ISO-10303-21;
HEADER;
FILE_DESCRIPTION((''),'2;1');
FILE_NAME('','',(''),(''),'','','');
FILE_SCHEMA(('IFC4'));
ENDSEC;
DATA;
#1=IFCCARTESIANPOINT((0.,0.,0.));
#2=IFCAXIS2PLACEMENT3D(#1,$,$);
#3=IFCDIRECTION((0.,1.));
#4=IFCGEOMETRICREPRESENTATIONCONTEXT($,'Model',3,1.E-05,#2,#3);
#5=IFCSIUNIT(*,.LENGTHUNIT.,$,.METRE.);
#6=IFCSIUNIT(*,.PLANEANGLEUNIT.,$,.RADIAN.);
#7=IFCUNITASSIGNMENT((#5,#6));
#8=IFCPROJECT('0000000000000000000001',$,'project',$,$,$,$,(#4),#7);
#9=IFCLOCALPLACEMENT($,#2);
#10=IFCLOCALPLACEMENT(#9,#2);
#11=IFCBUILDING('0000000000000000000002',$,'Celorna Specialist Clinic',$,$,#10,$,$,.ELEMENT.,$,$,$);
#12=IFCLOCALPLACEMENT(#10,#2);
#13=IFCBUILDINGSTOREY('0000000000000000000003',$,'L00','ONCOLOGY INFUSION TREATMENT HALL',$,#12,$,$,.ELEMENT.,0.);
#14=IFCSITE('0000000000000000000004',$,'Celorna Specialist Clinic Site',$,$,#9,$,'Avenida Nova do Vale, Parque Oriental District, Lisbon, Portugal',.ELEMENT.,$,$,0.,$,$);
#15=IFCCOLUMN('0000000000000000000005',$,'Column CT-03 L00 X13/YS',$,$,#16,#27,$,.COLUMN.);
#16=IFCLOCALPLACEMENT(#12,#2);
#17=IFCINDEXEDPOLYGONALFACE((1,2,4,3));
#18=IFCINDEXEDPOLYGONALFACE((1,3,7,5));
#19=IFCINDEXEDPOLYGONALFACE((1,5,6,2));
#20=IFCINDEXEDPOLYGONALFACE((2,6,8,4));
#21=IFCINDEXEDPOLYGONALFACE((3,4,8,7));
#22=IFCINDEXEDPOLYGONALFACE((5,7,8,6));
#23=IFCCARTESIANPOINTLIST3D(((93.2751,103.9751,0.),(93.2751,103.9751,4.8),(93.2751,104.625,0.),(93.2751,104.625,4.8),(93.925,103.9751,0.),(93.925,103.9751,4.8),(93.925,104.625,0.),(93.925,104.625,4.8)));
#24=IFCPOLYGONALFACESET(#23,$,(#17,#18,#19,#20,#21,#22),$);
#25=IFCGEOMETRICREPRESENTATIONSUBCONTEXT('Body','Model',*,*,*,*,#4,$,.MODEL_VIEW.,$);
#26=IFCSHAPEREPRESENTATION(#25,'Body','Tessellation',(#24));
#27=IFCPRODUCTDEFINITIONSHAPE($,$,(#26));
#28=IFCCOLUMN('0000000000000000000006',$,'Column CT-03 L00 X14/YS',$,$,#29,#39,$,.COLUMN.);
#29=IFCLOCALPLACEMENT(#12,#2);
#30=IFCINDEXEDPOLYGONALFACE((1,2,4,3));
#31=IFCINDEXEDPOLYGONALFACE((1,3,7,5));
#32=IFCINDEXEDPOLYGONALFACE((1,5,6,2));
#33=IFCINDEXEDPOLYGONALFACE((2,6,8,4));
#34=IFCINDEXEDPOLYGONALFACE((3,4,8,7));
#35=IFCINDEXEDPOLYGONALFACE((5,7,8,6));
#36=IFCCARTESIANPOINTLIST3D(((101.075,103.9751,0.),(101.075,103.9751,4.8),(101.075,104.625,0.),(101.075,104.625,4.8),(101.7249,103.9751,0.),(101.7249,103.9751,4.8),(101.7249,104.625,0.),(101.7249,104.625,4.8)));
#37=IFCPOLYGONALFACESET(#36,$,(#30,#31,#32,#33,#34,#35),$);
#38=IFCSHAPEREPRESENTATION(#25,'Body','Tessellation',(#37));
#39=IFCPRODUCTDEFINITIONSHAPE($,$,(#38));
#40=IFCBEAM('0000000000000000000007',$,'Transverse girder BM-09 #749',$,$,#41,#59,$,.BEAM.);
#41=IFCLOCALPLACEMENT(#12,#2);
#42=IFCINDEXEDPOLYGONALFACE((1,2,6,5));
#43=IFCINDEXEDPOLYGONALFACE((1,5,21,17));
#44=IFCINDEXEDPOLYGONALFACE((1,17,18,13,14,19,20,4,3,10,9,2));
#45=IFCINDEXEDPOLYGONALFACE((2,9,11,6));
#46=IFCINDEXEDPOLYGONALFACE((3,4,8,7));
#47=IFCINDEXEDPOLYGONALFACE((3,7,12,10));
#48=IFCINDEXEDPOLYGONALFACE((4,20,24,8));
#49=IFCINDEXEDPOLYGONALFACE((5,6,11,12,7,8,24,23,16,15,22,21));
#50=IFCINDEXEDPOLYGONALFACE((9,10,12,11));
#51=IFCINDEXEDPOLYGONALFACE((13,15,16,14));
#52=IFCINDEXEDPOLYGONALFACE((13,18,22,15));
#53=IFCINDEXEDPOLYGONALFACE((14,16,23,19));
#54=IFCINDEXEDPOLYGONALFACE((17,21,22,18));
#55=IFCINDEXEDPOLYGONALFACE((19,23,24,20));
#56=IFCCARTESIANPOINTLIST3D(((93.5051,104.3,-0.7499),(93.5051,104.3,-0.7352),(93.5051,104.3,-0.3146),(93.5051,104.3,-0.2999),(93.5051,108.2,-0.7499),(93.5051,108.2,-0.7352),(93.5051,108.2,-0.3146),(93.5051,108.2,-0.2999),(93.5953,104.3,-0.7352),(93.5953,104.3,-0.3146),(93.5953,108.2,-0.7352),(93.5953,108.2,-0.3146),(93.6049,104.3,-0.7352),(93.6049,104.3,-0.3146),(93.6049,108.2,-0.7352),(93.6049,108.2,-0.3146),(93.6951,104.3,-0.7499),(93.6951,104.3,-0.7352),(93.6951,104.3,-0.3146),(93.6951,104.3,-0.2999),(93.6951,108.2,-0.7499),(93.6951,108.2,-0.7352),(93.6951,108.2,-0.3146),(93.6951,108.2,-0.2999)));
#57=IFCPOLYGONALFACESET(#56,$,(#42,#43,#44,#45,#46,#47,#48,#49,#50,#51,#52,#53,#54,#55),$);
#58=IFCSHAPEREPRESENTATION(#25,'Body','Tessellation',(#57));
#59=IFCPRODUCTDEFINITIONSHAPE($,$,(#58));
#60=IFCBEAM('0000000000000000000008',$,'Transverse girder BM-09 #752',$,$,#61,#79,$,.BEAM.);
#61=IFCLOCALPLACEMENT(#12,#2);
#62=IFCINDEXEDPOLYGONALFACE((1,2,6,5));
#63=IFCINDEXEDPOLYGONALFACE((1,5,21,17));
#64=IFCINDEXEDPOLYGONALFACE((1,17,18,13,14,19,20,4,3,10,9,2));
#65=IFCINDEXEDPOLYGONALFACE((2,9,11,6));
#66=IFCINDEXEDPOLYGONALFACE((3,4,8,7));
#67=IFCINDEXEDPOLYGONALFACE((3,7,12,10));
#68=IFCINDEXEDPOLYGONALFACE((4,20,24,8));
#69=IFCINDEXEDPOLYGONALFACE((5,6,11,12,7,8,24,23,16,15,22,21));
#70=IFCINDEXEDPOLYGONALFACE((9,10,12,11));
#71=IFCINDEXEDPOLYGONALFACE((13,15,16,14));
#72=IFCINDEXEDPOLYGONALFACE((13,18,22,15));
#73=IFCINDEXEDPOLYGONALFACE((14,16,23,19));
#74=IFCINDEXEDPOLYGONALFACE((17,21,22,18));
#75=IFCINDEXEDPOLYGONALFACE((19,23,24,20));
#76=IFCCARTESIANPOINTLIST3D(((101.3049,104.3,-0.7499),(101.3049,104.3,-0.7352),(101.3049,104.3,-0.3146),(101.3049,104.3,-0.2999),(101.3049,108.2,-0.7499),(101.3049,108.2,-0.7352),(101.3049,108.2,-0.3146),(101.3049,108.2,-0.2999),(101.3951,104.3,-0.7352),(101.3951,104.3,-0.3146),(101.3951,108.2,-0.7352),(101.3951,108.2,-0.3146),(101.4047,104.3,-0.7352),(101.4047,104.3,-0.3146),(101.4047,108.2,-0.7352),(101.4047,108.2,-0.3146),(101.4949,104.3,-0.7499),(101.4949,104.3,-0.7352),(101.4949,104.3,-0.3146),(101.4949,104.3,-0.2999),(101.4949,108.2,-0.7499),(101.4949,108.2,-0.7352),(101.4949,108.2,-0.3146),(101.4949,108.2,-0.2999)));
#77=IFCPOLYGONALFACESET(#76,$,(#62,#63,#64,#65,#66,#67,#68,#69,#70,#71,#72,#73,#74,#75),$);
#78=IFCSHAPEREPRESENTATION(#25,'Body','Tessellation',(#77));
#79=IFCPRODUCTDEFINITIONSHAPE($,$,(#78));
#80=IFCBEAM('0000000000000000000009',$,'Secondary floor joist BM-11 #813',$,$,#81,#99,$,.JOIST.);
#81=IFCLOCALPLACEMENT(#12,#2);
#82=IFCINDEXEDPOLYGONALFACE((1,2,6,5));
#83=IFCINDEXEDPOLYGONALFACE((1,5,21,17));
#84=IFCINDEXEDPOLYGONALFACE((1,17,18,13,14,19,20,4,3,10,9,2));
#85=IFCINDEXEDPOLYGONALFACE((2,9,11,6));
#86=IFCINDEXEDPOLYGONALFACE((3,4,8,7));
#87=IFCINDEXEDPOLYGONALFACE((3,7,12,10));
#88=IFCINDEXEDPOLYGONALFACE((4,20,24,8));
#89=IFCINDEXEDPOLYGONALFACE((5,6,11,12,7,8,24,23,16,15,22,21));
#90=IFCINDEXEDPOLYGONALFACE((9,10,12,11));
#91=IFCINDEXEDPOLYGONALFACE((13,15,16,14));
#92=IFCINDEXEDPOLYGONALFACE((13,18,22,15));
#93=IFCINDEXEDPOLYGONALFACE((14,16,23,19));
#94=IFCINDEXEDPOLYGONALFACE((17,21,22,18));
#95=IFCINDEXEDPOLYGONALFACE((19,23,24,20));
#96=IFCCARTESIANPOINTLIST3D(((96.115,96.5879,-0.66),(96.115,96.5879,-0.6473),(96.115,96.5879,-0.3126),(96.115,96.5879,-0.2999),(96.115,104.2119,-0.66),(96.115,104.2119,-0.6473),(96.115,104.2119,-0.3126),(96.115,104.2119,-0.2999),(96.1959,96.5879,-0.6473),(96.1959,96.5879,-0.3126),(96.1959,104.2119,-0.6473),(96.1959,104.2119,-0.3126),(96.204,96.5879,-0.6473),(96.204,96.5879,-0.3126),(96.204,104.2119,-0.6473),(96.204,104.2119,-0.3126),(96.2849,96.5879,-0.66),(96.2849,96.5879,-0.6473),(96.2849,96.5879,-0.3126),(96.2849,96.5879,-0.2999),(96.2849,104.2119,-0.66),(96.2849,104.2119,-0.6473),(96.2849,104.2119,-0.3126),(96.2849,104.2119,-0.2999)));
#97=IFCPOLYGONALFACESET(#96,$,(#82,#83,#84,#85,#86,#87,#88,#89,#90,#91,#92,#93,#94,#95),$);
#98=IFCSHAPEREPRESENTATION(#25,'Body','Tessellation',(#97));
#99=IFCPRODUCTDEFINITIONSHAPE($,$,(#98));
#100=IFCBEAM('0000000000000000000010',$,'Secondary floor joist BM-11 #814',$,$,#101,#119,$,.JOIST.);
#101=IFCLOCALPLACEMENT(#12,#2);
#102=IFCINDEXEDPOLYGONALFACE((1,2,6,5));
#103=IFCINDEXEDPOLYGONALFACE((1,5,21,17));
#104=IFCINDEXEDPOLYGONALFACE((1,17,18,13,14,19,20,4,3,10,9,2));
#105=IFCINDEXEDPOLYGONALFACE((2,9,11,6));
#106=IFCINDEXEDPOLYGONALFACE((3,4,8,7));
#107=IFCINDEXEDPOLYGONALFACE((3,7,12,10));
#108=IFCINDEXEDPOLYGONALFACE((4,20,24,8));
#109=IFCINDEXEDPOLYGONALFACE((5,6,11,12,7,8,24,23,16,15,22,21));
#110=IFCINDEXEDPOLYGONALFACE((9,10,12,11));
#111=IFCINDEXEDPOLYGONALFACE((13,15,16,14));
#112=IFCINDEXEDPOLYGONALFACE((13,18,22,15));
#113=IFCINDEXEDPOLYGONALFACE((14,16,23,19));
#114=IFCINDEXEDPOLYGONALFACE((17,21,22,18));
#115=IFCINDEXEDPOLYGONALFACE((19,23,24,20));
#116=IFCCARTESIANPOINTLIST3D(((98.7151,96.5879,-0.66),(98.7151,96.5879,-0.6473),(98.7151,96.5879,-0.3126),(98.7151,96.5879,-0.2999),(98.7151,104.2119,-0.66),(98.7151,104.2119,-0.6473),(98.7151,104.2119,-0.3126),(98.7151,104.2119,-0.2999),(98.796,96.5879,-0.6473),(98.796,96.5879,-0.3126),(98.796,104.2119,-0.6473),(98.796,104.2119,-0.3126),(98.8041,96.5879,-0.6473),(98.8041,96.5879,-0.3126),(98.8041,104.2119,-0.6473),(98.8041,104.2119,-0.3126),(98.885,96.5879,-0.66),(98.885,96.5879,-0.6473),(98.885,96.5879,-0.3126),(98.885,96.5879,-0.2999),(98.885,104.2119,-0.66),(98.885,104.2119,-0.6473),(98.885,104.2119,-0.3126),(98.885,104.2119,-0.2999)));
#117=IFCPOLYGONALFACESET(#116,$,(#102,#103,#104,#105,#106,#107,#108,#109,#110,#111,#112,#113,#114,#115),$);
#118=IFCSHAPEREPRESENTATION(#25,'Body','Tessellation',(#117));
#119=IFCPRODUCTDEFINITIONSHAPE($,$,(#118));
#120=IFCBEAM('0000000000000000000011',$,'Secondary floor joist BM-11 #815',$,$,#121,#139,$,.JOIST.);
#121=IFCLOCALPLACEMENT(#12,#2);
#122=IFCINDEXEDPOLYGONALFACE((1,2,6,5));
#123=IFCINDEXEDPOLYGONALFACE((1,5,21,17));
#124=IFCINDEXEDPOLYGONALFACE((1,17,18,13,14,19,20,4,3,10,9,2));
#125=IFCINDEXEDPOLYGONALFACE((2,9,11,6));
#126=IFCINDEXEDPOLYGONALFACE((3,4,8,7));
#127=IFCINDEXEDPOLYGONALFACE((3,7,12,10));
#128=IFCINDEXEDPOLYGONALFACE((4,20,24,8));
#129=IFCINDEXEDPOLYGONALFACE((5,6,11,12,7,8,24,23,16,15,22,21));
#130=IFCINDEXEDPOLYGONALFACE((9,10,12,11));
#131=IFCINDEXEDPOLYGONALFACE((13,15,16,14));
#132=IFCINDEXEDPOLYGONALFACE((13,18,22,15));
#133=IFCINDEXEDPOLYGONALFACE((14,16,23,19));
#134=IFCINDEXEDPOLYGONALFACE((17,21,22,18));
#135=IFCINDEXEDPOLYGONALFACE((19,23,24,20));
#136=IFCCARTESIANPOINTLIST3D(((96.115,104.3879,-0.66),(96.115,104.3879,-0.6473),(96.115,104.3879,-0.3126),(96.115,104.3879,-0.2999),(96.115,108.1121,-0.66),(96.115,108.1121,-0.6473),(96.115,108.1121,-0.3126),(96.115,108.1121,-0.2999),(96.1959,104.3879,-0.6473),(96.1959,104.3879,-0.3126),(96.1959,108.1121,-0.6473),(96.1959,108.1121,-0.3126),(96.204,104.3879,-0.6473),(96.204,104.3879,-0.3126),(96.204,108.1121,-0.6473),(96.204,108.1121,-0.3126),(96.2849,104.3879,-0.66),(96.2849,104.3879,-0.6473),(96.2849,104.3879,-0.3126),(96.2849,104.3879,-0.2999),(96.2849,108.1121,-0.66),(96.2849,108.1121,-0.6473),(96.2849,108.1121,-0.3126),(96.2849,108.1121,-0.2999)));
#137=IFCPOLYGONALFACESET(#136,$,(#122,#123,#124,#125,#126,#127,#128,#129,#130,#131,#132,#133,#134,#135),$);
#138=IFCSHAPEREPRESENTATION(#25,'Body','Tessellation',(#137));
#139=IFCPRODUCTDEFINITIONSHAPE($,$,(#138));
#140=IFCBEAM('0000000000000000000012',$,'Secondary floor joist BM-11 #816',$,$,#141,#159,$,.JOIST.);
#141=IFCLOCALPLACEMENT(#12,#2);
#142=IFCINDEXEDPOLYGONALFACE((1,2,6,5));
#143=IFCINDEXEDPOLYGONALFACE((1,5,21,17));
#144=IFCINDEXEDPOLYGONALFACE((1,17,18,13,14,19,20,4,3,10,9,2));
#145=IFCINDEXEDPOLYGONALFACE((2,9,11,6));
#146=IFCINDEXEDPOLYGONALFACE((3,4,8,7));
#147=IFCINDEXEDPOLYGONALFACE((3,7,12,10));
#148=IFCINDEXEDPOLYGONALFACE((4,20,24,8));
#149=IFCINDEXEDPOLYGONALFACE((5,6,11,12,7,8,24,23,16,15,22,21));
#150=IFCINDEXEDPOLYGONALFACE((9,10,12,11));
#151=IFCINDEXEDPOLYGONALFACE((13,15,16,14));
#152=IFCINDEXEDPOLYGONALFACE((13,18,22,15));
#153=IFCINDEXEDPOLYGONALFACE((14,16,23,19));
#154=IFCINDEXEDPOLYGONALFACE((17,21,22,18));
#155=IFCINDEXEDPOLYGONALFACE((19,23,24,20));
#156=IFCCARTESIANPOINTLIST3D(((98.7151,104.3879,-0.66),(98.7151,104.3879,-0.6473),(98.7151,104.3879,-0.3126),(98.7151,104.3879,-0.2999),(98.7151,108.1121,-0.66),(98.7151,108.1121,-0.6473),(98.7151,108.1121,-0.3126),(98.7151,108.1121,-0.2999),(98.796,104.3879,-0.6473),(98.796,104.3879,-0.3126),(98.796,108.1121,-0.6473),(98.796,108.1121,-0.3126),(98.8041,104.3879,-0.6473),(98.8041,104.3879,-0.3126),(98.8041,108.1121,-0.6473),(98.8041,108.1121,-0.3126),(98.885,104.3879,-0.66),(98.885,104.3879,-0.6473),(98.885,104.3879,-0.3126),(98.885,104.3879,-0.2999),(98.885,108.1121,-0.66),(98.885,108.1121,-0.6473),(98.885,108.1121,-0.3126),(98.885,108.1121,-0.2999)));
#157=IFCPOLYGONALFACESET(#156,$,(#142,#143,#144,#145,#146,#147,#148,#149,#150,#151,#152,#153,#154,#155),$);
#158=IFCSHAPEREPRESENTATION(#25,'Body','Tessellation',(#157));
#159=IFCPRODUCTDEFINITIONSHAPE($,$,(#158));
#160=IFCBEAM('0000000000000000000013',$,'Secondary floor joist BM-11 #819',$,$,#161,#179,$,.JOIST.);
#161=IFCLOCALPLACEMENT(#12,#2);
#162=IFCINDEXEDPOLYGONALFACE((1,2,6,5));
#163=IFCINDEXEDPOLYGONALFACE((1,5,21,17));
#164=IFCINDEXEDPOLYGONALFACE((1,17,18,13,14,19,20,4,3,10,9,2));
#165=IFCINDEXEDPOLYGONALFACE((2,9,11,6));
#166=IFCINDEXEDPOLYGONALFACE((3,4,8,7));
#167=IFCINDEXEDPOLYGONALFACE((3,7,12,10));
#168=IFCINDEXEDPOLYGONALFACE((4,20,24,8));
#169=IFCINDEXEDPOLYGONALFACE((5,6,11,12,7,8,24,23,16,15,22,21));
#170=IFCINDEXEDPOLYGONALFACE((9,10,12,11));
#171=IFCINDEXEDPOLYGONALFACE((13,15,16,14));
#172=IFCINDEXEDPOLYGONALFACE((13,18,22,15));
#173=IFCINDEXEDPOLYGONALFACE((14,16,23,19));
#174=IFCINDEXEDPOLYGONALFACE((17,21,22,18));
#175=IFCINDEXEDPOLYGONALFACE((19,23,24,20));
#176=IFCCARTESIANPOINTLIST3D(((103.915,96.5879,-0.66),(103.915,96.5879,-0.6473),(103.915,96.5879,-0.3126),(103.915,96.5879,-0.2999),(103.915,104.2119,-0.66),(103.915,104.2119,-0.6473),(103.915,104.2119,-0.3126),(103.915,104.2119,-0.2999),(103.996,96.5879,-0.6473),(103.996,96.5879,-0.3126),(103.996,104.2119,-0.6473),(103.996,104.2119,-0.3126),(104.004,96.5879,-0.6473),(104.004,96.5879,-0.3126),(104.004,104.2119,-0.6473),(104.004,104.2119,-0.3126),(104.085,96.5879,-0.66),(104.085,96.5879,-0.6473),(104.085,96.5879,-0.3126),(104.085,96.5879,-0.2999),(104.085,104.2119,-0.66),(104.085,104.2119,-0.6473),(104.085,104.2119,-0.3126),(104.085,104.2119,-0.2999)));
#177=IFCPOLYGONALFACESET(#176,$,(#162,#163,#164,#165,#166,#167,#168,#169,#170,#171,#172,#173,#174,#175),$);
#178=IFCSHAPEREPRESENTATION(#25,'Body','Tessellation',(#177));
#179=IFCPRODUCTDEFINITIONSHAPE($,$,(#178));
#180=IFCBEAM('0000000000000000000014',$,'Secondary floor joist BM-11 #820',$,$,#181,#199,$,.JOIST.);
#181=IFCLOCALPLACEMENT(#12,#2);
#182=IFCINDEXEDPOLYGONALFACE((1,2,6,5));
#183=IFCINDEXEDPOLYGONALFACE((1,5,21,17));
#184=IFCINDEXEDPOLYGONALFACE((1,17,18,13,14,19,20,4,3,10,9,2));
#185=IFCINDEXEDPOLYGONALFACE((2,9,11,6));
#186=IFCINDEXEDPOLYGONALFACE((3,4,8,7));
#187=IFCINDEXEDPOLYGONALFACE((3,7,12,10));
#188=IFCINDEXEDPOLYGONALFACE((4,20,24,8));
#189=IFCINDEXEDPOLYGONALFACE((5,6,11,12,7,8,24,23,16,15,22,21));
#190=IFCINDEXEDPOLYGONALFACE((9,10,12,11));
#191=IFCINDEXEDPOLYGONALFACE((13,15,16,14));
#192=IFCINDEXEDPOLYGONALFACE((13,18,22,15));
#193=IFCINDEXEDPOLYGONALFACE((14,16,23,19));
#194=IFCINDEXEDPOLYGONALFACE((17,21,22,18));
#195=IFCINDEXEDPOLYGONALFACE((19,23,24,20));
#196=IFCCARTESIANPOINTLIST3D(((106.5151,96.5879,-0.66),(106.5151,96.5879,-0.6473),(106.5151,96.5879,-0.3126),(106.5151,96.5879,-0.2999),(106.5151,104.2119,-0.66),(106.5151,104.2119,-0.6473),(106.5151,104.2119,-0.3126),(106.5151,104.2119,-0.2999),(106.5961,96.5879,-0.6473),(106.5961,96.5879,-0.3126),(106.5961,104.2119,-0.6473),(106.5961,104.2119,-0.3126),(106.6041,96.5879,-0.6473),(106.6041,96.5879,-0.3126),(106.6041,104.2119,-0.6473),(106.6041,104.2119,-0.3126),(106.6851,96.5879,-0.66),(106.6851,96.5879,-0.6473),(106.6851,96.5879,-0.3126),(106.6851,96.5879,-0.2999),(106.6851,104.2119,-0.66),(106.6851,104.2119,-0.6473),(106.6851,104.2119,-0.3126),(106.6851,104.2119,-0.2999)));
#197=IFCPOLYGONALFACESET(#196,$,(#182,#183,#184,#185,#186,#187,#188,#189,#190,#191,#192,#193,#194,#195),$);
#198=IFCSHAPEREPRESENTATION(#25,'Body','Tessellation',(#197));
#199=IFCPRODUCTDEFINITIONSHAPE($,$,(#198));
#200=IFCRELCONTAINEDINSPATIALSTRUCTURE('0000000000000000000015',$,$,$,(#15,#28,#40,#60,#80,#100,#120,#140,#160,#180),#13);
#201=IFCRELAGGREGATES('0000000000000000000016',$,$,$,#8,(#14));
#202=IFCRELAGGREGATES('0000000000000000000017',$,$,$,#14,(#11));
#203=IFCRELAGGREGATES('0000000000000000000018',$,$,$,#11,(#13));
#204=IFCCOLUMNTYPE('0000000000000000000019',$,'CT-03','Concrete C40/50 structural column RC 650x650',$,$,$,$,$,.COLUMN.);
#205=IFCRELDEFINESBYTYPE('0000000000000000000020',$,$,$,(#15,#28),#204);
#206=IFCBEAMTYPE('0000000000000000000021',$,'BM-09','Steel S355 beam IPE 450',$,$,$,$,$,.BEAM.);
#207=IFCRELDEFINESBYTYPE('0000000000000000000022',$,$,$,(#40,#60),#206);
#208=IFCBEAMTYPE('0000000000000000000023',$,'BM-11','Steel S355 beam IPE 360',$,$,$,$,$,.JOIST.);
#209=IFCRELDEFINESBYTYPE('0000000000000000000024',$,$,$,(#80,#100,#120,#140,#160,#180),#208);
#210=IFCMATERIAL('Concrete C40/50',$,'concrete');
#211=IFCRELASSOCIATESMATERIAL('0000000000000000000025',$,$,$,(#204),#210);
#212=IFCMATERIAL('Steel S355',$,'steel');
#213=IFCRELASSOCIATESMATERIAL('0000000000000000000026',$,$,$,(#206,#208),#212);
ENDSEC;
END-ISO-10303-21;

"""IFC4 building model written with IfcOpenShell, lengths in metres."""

from ifc_helpers import new_model, si_unit, direction, frame, origin, origin_2d, place, context, subcontext, project, spatial, rectangle, i_section, extrude, material, material_profile, profile_set, type_object, element, save


model = new_model("IFC4")

# Units and contexts
model_context = context("Model", 3, precision=1e-05, world=origin(), true_north=direction((0.0, 1.0)))
body_context = subcontext(model_context, "Body", "Model", "MODEL_VIEW")
ifc_project = project(units=[si_unit("LENGTHUNIT", "METRE"), si_unit("PLANEANGLEUNIT", "RADIAN")], contexts=[model_context])

# Site, building, storey
site_placement = place(None, origin())
site = spatial("IfcSite", under=ifc_project, at=site_placement, Name="Celorna Specialist Clinic Site", LongName="Avenida Nova do Vale, Parque Oriental District, Lisbon, Portugal", CompositionType="ELEMENT", RefElevation=0.0)
building_placement = place(site_placement, origin())
building = spatial("IfcBuilding", under=site, at=building_placement, Name="Celorna Specialist Clinic", CompositionType="ELEMENT")
storey_placement = place(building_placement, origin())
storey = spatial("IfcBuildingStorey", under=building, at=storey_placement, Name="L00", Description="ONCOLOGY INFUSION TREATMENT HALL", CompositionType="ELEMENT", Elevation=0.0)

# Columns
ifc_material_1 = material(Name="Concrete C40/50", Category="concrete")
ifc_material_profile_1 = material_profile(ifc_material_1, rectangle(XDim=0.6499, YDim=0.6499, at=origin_2d()), Name="RC 650x650")
ifc_profile_set_1 = profile_set([ifc_material_profile_1], Name="Concrete C40/50")
column_type = type_object("IfcColumnType", Name="CT-03", Description="Concrete C40/50 structural column RC 650x650", PredefinedType="COLUMN", material=ifc_profile_set_1)
for number, where, z_axis, x_axis, name in (
    (1, (93.6001, 104.3, 0.0), (0.0, 0.0, 1.0), (1.0, 0.0, 0.0), "Column CT-03 L00 X13/YS"),
    (2, (101.3999, 104.3, 0.0), (0.0, 0.0, 1.0), (1.0, 0.0, 0.0), "Column CT-03 L00 X14/YS"),
):
    element("IfcColumn", number, at=place(storey_placement, frame(where, z_axis=z_axis, x_axis=x_axis)), inside=storey, type_object=column_type, Name=name, PredefinedType="COLUMN", context=body_context, shape_type="SweptSolid", body=[
        extrude(rectangle(XDim=0.6499, YDim=0.6499, at=origin_2d()), origin(), (0.0, 0.0, 1.0), 4.8),
    ])

# Beams
ifc_material_2 = material(Name="Steel S355", Category="steel")
ifc_material_profile_2 = material_profile(ifc_material_2, i_section(OverallWidth=0.1899, OverallDepth=0.45, WebThickness=0.0095, FlangeThickness=0.0146, at=origin_2d()), Name="IPE 450")
ifc_profile_set_2 = profile_set([ifc_material_profile_2], Name="Steel S355")
beam_type_1 = type_object("IfcBeamType", Name="BM-09", Description="Steel S355 beam IPE 450", PredefinedType="BEAM", material=ifc_profile_set_2)
for number, where, z_axis, x_axis, name in (
    (3, (93.6001, 104.3, -0.5249), (0.0, 1.0, 0.0), (-1.0, 0.0, 0.0), "Transverse girder BM-09 #749"),
    (4, (101.3999, 104.3, -0.5249), (0.0, 1.0, 0.0), (-1.0, 0.0, 0.0), "Transverse girder BM-09 #752"),
):
    element("IfcBeam", number, at=place(storey_placement, frame(where, z_axis=z_axis, x_axis=x_axis)), inside=storey, type_object=beam_type_1, Name=name, PredefinedType="BEAM", context=body_context, shape_type="SweptSolid", body=[
        extrude(i_section(OverallWidth=0.1899, OverallDepth=0.45, WebThickness=0.0095, FlangeThickness=0.0146, at=origin_2d()), origin(), (0.0, 0.0, 1.0), 3.8999),
    ])
ifc_material_profile_3 = material_profile(ifc_material_2, i_section(OverallWidth=0.1699, OverallDepth=0.3601, WebThickness=0.0081, FlangeThickness=0.0127, at=origin_2d()), Name="IPE 360")
ifc_profile_set_3 = profile_set([ifc_material_profile_3], Name="Steel S355")
beam_type_2 = type_object("IfcBeamType", Name="BM-11", Description="Steel S355 beam IPE 360", PredefinedType="JOIST", material=ifc_profile_set_3)
for number, where, z_axis, x_axis, name in (
    (5, (96.2, 96.5879, -0.48), (0.0, 1.0, 0.0), (-1.0, 0.0, 0.0), "Secondary floor joist BM-11 #813"),
    (6, (98.8, 96.5879, -0.48), (0.0, 1.0, 0.0), (-1.0, 0.0, 0.0), "Secondary floor joist BM-11 #814"),
):
    element("IfcBeam", number, at=place(storey_placement, frame(where, z_axis=z_axis, x_axis=x_axis)), inside=storey, type_object=beam_type_2, Name=name, PredefinedType="JOIST", context=body_context, shape_type="SweptSolid", body=[
        extrude(i_section(OverallWidth=0.1699, OverallDepth=0.3601, WebThickness=0.0081, FlangeThickness=0.0127, at=origin_2d()), origin(), (0.0, 0.0, 1.0), 7.624),
    ])
for number, where, z_axis, x_axis, name in (
    (7, (96.2, 104.3879, -0.48), (0.0, 1.0, 0.0), (-1.0, 0.0, 0.0), "Secondary floor joist BM-11 #815"),
    (8, (98.8, 104.3879, -0.48), (0.0, 1.0, 0.0), (-1.0, 0.0, 0.0), "Secondary floor joist BM-11 #816"),
):
    element("IfcBeam", number, at=place(storey_placement, frame(where, z_axis=z_axis, x_axis=x_axis)), inside=storey, type_object=beam_type_2, Name=name, PredefinedType="JOIST", context=body_context, shape_type="SweptSolid", body=[
        extrude(i_section(OverallWidth=0.1699, OverallDepth=0.3601, WebThickness=0.0081, FlangeThickness=0.0127, at=origin_2d()), origin(), (0.0, 0.0, 1.0), 3.7241),
    ])
for number, where, z_axis, x_axis, name in (
    (9, (104.0, 96.5879, -0.48), (0.0, 1.0, 0.0), (-1.0, 0.0, 0.0), "Secondary floor joist BM-11 #819"),
    (10, (106.6001, 96.5879, -0.48), (0.0, 1.0, 0.0), (-1.0, 0.0, 0.0), "Secondary floor joist BM-11 #820"),
):
    element("IfcBeam", number, at=place(storey_placement, frame(where, z_axis=z_axis, x_axis=x_axis)), inside=storey, type_object=beam_type_2, Name=name, PredefinedType="JOIST", context=body_context, shape_type="SweptSolid", body=[
        extrude(i_section(OverallWidth=0.1699, OverallDepth=0.3601, WebThickness=0.0081, FlangeThickness=0.0127, at=origin_2d()), origin(), (0.0, 0.0, 1.0), 7.624),
    ])

save(model, "model.ifc")
